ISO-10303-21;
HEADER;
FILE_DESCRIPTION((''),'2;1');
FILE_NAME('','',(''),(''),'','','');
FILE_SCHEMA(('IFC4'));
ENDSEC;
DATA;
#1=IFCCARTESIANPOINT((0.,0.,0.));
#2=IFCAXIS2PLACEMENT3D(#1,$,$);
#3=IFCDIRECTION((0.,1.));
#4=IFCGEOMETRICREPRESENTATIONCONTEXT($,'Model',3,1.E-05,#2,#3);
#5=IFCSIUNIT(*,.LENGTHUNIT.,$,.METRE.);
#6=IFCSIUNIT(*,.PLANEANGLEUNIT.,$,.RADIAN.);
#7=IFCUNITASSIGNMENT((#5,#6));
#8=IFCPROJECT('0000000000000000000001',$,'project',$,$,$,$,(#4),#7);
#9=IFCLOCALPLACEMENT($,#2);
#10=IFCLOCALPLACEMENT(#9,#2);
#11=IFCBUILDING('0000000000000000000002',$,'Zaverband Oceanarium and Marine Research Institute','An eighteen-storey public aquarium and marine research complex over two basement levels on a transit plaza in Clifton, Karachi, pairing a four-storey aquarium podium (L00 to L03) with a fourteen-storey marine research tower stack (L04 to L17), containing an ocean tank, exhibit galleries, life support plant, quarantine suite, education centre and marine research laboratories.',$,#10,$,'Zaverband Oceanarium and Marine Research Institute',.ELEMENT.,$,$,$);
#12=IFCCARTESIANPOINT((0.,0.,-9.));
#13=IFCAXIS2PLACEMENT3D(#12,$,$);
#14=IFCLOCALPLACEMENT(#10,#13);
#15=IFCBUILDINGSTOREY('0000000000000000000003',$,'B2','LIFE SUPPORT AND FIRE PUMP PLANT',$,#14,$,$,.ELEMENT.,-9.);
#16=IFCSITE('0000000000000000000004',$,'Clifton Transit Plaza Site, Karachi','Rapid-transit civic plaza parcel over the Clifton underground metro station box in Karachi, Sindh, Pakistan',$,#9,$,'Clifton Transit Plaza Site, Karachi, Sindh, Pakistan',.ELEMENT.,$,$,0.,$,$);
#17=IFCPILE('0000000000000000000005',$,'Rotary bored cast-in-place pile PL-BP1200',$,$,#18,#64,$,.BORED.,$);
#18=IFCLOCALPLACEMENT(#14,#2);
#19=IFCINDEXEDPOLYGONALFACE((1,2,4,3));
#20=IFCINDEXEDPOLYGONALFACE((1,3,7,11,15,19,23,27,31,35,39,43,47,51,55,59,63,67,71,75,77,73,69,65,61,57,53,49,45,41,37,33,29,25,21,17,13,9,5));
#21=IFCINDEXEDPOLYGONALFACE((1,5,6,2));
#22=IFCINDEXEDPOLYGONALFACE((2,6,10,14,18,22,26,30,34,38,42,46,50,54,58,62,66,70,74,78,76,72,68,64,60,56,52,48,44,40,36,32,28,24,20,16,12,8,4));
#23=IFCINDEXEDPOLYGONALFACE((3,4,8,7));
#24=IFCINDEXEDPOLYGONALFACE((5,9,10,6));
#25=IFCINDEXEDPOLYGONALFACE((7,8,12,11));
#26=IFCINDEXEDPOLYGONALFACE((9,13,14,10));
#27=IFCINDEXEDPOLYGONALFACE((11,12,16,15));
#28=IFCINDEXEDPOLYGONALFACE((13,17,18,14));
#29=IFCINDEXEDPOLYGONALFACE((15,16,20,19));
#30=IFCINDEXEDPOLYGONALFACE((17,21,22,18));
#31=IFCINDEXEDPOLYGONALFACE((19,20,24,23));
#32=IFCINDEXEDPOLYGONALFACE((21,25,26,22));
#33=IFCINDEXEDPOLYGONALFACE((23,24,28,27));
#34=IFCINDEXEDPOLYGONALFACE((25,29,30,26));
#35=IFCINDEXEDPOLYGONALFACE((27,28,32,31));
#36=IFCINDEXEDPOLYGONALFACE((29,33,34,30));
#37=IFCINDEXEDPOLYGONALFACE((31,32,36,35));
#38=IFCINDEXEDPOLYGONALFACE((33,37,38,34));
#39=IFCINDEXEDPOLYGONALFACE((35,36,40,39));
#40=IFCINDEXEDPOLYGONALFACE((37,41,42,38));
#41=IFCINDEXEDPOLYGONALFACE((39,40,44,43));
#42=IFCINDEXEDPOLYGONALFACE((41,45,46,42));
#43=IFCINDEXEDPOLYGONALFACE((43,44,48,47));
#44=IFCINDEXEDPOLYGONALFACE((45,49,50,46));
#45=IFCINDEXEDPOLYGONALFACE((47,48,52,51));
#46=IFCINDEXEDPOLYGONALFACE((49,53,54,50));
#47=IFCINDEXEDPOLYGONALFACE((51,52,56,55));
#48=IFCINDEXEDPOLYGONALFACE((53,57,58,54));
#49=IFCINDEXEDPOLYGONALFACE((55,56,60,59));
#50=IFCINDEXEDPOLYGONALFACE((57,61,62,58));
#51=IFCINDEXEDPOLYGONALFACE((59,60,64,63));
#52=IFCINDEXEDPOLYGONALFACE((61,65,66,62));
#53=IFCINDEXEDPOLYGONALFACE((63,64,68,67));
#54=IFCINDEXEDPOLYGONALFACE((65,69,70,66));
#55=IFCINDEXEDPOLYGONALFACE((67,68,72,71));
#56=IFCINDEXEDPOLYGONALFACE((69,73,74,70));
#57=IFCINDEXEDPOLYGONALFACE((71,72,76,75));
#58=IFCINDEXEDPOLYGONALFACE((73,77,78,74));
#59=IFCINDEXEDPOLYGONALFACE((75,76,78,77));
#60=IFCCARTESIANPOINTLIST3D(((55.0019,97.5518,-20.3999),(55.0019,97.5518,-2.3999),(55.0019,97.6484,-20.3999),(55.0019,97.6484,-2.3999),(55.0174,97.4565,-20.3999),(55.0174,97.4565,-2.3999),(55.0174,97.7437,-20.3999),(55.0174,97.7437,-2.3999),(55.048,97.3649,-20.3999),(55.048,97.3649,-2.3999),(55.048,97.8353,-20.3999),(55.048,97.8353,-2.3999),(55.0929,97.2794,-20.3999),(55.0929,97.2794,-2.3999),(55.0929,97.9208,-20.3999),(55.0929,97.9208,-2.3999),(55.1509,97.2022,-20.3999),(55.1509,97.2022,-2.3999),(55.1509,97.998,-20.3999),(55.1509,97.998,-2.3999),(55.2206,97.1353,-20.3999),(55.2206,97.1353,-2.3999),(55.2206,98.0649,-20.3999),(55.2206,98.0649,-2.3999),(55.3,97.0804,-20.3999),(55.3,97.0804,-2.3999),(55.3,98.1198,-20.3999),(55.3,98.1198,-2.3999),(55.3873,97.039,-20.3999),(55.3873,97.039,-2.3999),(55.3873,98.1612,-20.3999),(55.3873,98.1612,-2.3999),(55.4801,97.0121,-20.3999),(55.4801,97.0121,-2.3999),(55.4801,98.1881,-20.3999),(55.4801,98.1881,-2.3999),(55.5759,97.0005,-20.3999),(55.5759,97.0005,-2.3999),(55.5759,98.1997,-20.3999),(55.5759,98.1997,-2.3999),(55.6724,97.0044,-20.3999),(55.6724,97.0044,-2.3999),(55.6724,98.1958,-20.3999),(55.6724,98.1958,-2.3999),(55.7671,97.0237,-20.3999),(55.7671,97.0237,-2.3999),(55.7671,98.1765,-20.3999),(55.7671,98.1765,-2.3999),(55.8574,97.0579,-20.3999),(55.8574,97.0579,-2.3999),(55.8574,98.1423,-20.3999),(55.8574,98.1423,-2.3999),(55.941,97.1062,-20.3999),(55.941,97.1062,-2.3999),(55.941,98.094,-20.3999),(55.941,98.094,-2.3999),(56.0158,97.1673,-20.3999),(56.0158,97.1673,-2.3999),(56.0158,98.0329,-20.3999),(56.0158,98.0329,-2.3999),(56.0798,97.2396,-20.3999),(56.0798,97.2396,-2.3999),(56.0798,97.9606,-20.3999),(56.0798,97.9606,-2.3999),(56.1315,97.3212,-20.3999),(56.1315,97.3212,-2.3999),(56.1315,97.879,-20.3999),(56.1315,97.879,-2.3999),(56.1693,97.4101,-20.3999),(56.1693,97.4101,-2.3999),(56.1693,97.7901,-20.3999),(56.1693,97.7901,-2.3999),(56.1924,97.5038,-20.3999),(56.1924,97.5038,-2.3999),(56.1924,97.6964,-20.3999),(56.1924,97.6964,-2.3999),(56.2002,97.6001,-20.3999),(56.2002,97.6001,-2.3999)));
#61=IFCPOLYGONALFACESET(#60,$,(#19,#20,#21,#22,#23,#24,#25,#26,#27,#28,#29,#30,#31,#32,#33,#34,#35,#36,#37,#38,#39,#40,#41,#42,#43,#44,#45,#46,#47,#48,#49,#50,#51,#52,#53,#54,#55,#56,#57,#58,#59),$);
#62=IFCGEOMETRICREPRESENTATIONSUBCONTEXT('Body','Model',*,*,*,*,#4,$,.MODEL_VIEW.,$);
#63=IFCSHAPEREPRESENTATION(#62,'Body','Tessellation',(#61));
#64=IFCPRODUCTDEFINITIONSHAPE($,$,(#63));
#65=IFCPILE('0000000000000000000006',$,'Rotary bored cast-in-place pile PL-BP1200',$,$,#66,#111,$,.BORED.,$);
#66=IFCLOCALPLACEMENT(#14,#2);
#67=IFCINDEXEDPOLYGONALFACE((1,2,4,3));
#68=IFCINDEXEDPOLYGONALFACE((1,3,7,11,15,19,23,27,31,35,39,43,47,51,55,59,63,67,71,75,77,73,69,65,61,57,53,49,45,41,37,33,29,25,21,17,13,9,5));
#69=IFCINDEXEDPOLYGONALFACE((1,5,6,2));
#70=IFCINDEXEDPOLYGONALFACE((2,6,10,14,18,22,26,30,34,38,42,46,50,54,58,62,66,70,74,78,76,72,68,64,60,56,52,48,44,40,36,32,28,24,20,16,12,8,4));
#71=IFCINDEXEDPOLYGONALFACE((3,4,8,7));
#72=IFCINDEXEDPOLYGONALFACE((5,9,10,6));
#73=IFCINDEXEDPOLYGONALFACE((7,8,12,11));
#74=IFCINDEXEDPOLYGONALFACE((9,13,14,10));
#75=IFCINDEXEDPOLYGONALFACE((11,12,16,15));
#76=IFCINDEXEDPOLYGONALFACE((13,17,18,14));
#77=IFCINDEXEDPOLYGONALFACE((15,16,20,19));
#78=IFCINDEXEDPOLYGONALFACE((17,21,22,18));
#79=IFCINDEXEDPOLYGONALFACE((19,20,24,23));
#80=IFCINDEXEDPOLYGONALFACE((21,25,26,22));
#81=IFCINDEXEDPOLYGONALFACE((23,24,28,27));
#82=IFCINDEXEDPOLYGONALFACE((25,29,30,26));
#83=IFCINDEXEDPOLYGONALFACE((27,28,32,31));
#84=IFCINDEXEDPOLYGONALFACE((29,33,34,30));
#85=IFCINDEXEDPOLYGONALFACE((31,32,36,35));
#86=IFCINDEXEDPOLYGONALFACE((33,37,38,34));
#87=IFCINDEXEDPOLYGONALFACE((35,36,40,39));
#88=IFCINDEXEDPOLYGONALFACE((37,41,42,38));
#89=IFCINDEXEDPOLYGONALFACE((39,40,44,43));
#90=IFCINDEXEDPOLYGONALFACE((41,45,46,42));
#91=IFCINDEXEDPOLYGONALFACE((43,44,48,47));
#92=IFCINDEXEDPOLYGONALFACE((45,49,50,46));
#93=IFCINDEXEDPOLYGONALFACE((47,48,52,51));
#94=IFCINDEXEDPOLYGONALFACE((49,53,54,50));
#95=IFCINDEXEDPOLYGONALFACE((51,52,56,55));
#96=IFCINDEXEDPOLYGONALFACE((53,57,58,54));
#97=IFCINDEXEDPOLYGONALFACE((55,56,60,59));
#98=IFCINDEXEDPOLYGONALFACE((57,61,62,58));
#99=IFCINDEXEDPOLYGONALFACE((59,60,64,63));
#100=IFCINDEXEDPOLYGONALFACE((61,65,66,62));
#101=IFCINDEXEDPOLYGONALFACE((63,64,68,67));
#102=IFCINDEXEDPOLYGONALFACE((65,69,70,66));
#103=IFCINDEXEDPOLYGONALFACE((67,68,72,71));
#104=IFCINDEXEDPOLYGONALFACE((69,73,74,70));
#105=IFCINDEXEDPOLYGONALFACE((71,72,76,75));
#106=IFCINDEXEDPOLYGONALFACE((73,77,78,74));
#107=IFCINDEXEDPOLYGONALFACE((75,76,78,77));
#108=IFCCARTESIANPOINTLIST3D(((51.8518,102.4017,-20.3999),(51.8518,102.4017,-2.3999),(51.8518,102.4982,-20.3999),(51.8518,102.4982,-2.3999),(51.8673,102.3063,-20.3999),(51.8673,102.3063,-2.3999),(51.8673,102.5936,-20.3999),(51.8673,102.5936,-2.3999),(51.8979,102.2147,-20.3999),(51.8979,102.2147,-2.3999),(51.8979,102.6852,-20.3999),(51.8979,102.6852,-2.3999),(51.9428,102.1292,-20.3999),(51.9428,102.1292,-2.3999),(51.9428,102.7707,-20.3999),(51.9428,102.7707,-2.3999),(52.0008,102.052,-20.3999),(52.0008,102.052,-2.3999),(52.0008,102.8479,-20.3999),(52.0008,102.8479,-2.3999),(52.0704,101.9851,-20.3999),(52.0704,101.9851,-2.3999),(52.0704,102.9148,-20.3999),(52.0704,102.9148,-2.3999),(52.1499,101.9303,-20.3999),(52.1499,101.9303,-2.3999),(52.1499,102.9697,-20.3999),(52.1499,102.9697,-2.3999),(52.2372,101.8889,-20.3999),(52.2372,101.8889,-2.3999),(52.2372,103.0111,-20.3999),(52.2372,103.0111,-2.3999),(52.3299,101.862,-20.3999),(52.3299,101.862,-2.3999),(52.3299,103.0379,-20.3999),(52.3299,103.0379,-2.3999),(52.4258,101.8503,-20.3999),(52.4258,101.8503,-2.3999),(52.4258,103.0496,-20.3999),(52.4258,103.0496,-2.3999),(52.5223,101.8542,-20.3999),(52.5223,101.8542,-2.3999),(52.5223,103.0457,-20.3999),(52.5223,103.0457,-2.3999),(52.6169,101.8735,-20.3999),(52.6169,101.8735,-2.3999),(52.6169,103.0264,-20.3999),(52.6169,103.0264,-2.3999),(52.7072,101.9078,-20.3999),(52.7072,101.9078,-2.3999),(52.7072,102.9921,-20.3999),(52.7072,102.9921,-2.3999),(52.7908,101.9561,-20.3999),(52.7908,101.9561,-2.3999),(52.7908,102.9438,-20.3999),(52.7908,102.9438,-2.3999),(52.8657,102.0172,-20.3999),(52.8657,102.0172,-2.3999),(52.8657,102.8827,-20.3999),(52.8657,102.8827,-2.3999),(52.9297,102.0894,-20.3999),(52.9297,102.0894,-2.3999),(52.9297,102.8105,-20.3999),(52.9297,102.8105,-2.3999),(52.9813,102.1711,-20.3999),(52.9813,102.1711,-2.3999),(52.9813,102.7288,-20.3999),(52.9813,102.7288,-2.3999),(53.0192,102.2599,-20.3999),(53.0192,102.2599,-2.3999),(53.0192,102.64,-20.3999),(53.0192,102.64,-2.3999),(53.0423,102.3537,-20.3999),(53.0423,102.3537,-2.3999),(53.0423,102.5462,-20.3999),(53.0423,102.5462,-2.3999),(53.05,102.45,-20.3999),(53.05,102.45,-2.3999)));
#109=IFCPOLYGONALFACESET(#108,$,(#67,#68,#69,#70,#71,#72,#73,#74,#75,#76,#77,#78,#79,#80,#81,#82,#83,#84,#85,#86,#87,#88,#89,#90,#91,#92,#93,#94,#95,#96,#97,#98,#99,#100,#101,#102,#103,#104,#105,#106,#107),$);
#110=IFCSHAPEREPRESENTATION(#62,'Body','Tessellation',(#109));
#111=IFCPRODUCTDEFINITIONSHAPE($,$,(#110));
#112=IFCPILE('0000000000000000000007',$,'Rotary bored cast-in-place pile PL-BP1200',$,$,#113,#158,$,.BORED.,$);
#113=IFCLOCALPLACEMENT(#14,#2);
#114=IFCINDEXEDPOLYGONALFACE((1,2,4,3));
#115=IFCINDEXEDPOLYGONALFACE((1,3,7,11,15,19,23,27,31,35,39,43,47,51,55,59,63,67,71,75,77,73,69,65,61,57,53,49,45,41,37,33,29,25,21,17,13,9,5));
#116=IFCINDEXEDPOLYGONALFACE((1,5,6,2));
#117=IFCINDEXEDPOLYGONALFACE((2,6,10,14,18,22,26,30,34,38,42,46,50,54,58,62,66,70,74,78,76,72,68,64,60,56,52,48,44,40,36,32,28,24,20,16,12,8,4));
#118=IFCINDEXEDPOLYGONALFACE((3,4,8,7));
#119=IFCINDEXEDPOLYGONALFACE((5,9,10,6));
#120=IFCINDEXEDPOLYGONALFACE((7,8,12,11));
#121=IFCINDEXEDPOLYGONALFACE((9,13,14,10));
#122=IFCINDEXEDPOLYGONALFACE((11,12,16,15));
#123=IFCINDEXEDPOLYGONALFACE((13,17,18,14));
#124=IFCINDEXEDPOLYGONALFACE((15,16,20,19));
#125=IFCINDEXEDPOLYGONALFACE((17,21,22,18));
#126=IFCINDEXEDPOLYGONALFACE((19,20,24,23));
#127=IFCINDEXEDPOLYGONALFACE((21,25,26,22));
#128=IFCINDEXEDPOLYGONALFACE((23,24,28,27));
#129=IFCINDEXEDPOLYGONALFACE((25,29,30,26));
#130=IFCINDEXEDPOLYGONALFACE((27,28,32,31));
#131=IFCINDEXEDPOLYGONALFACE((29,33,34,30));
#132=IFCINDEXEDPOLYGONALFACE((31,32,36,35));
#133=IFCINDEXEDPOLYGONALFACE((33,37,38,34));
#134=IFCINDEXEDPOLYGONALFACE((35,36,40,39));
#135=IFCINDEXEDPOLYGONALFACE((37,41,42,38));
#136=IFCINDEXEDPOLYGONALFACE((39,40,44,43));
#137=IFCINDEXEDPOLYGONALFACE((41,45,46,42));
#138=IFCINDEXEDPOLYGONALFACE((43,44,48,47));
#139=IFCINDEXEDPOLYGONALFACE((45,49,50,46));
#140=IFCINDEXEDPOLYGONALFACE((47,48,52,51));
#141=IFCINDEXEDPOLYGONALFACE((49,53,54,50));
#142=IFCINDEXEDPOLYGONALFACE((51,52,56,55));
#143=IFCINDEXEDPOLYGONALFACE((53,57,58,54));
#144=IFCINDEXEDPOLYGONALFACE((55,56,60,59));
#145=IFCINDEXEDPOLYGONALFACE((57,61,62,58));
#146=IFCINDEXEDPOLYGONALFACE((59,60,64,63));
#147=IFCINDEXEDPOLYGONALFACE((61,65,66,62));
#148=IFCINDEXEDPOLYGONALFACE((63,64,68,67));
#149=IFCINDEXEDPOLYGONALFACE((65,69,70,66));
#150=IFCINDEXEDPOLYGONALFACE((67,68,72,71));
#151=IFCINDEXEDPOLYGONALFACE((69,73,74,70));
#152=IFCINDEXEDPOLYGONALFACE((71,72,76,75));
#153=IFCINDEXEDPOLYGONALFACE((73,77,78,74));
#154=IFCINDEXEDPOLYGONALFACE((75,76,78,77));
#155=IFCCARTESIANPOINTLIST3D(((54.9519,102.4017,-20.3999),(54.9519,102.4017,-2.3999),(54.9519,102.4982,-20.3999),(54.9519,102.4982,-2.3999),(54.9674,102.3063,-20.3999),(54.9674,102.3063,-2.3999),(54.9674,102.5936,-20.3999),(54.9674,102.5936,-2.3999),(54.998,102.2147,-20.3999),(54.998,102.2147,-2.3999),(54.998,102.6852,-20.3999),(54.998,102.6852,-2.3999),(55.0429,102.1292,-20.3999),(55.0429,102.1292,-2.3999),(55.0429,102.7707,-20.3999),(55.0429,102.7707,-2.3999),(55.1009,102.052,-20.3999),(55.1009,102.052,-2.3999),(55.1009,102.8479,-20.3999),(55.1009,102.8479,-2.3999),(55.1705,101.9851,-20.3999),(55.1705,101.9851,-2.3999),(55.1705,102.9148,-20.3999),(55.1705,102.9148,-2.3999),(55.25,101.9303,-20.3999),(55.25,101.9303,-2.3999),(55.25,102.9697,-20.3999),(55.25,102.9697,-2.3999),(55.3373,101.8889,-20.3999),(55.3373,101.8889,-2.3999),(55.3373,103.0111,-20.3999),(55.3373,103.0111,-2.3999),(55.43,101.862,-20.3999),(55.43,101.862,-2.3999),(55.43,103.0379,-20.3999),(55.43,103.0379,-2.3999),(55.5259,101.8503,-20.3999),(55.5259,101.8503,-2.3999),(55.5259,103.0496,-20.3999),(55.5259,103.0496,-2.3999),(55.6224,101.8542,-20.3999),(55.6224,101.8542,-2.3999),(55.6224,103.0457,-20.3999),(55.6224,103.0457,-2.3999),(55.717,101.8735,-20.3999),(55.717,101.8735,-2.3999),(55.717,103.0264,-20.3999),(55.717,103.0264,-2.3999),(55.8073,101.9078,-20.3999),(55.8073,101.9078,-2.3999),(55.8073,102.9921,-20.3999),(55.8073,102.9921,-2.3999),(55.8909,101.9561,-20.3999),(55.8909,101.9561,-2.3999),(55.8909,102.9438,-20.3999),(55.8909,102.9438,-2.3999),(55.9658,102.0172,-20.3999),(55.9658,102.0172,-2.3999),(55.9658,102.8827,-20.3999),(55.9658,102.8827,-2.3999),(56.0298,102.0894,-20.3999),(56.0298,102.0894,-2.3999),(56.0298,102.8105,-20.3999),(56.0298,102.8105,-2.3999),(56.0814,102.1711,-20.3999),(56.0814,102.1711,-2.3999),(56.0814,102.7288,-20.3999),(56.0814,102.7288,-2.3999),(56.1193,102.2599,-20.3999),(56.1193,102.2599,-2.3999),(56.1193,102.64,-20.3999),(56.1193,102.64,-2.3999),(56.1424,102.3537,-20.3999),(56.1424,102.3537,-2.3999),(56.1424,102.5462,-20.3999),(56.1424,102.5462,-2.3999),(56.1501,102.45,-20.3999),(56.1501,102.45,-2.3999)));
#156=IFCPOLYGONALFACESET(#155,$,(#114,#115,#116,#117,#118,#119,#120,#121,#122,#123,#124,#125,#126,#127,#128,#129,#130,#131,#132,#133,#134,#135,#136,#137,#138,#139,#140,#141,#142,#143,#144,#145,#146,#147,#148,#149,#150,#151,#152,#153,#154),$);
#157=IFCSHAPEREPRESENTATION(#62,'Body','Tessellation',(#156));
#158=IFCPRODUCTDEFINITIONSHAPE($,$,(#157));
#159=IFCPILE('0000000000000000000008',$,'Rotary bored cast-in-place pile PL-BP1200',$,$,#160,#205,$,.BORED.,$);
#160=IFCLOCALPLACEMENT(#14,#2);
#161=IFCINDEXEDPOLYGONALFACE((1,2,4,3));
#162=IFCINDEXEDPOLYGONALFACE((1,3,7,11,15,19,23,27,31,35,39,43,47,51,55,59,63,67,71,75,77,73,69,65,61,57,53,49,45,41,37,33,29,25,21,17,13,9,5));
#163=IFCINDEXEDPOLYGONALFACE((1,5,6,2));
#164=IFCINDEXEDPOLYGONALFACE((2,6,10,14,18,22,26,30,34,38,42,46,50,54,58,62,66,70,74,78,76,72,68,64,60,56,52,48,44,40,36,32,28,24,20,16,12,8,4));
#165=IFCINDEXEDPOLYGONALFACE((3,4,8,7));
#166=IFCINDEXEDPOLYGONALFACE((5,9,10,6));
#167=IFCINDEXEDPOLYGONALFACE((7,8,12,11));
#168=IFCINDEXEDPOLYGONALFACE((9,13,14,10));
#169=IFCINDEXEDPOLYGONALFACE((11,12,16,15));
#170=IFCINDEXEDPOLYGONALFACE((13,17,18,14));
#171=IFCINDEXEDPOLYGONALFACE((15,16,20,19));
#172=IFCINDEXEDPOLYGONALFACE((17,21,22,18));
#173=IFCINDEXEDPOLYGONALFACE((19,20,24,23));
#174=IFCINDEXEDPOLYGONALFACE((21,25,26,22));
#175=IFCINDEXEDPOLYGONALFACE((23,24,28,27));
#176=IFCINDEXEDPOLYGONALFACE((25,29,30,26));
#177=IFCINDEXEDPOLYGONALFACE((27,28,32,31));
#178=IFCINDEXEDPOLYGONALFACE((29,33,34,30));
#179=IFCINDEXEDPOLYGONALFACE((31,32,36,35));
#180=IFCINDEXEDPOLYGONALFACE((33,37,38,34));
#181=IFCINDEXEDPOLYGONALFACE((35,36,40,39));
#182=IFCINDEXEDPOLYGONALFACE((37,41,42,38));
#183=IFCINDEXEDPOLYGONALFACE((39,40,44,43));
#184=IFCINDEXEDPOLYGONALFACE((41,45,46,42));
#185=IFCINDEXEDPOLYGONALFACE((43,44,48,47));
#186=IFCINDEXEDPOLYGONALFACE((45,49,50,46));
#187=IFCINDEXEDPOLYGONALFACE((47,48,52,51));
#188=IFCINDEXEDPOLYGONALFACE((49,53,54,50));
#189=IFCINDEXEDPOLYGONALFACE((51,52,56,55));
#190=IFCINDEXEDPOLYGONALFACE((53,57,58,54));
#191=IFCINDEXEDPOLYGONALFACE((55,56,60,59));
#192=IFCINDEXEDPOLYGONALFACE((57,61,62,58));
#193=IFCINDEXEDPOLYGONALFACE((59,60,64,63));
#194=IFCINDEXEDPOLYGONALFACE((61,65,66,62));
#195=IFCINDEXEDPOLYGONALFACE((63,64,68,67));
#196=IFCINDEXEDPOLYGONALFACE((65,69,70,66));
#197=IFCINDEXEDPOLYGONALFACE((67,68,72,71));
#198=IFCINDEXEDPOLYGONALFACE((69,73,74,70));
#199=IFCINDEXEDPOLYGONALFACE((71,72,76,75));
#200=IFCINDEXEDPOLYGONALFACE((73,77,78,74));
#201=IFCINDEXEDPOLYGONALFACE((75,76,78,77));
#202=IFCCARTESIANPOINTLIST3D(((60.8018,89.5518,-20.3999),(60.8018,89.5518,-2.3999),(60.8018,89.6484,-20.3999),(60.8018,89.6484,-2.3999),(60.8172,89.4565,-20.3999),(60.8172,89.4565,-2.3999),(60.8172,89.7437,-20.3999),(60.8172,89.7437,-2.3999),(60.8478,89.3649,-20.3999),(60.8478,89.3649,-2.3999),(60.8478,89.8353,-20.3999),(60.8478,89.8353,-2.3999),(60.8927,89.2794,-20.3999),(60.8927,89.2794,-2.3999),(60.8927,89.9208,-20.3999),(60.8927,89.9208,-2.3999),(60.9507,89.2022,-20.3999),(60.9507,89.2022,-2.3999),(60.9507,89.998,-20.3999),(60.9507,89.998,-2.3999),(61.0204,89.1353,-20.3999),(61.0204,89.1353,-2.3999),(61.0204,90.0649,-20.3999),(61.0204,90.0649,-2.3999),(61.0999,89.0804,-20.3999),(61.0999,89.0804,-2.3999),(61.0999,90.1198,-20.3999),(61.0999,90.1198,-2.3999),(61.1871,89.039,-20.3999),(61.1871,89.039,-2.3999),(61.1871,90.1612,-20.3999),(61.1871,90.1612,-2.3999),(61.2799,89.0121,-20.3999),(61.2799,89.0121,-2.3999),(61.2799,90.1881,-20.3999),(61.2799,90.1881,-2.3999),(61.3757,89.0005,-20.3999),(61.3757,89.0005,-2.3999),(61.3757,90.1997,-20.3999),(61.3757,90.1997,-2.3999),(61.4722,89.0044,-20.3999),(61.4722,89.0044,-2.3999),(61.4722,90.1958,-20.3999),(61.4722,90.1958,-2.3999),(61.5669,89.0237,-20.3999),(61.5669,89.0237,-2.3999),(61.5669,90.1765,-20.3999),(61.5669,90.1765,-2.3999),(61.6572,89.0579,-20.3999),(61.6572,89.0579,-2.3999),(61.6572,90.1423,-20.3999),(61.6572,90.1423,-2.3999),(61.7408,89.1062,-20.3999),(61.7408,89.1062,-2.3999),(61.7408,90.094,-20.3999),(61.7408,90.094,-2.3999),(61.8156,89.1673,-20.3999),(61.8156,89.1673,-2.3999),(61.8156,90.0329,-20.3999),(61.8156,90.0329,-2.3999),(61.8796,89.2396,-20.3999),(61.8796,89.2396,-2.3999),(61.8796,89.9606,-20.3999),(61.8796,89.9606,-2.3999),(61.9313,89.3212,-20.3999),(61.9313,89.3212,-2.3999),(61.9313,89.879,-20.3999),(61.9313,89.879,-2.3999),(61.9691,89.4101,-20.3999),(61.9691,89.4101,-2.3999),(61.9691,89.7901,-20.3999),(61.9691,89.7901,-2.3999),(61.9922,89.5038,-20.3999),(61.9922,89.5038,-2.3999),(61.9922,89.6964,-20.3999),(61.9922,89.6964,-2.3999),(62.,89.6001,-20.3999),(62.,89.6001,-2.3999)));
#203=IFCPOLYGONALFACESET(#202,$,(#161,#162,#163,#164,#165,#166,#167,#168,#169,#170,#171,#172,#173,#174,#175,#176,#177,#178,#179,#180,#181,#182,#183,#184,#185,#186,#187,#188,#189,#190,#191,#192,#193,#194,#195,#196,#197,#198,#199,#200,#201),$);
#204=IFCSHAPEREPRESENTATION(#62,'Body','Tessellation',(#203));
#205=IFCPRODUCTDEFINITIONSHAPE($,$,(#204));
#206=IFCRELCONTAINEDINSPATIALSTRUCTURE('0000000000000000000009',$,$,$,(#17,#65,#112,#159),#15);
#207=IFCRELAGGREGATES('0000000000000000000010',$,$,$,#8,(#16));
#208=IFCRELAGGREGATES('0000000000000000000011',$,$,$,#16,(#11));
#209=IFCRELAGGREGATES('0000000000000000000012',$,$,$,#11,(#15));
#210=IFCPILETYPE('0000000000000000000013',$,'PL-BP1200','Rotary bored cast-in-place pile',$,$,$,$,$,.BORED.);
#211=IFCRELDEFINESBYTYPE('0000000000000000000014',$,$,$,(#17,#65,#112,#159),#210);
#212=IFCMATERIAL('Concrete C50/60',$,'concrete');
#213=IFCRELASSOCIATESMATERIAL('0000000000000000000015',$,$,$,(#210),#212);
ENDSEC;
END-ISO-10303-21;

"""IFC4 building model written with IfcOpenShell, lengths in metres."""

from ifc_helpers import new_model, si_unit, direction, frame, origin, origin_2d, place, context, subcontext, project, spatial, circle, extrude, material, material_profile, profile_set, type_object, element, save


model = new_model("IFC4")

# Units and contexts
model_context = context("Model", 3, precision=1e-05, world=origin(), true_north=direction((0.0, 1.0)))
body_context = subcontext(model_context, "Body", "Model", "MODEL_VIEW")
ifc_project = project(units=[si_unit("LENGTHUNIT", "METRE"), si_unit("PLANEANGLEUNIT", "RADIAN")], contexts=[model_context])

# Site, building, storey
site_placement = place(None, origin())
site = spatial("IfcSite", under=ifc_project, at=site_placement, Name="Clifton Transit Plaza Site, Karachi", Description="Rapid-transit civic plaza parcel over the Clifton underground metro station box in Karachi, Sindh, Pakistan", LongName="Clifton Transit Plaza Site, Karachi, Sindh, Pakistan", CompositionType="ELEMENT", RefElevation=0.0)
building_placement = place(site_placement, origin())
building = spatial("IfcBuilding", under=site, at=building_placement, Name="Zaverband Oceanarium and Marine Research Institute", Description="An eighteen-storey public aquarium and marine research complex over two basement levels on a transit plaza in Clifton, Karachi, pairing a four-storey aquarium podium (L00 to L03) with a fourteen-storey marine research tower stack (L04 to L17), containing an ocean tank, exhibit galleries, life support plant, quarantine suite, education centre and marine research laboratories.", LongName="Zaverband Oceanarium and Marine Research Institute", CompositionType="ELEMENT")
storey_placement = place(building_placement, frame((0.0, 0.0, -9.0)))
storey = spatial("IfcBuildingStorey", under=building, at=storey_placement, Name="B2", Description="LIFE SUPPORT AND FIRE PUMP PLANT", CompositionType="ELEMENT", Elevation=-9.0)

# Shared definitions
ifc_material_1 = material(Name="Concrete C50/60", Category="concrete")

# Piles
ifc_material_profile_1 = material_profile(ifc_material_1, circle(Radius=0.6001, at=origin_2d()), Name="BP1200")
ifc_profile_set_1 = profile_set([ifc_material_profile_1], Name="Concrete C50/60")
pile_type = type_object("IfcPileType", Name="PL-BP1200", Description="Rotary bored cast-in-place pile", PredefinedType="BORED", material=ifc_profile_set_1)
for number, where, z_axis, x_axis, name in (
    (1, (55.6001, 97.6001, -2.3999), (0.0, 0.0, -1.0), (1.0, 0.0, 0.0), "Rotary bored cast-in-place pile PL-BP1200"),
    (2, (52.45, 102.45, -2.3999), (0.0, 0.0, -1.0), (1.0, 0.0, 0.0), "Rotary bored cast-in-place pile PL-BP1200"),
    (3, (55.55, 102.45, -2.3999), (0.0, 0.0, -1.0), (1.0, 0.0, 0.0), "Rotary bored cast-in-place pile PL-BP1200"),
    (4, (61.3999, 89.6001, -2.3999), (0.0, 0.0, -1.0), (1.0, 0.0, 0.0), "Rotary bored cast-in-place pile PL-BP1200"),
):
    element("IfcPile", number, at=place(storey_placement, frame(where, z_axis=z_axis, x_axis=x_axis)), inside=storey, type_object=pile_type, Name=name, PredefinedType="BORED", context=body_context, shape_type="SweptSolid", body=[
        extrude(circle(Radius=0.6001, at=origin_2d()), origin(), (0.0, 0.0, 1.0), 18.0),
    ])

save(model, "model.ifc")
